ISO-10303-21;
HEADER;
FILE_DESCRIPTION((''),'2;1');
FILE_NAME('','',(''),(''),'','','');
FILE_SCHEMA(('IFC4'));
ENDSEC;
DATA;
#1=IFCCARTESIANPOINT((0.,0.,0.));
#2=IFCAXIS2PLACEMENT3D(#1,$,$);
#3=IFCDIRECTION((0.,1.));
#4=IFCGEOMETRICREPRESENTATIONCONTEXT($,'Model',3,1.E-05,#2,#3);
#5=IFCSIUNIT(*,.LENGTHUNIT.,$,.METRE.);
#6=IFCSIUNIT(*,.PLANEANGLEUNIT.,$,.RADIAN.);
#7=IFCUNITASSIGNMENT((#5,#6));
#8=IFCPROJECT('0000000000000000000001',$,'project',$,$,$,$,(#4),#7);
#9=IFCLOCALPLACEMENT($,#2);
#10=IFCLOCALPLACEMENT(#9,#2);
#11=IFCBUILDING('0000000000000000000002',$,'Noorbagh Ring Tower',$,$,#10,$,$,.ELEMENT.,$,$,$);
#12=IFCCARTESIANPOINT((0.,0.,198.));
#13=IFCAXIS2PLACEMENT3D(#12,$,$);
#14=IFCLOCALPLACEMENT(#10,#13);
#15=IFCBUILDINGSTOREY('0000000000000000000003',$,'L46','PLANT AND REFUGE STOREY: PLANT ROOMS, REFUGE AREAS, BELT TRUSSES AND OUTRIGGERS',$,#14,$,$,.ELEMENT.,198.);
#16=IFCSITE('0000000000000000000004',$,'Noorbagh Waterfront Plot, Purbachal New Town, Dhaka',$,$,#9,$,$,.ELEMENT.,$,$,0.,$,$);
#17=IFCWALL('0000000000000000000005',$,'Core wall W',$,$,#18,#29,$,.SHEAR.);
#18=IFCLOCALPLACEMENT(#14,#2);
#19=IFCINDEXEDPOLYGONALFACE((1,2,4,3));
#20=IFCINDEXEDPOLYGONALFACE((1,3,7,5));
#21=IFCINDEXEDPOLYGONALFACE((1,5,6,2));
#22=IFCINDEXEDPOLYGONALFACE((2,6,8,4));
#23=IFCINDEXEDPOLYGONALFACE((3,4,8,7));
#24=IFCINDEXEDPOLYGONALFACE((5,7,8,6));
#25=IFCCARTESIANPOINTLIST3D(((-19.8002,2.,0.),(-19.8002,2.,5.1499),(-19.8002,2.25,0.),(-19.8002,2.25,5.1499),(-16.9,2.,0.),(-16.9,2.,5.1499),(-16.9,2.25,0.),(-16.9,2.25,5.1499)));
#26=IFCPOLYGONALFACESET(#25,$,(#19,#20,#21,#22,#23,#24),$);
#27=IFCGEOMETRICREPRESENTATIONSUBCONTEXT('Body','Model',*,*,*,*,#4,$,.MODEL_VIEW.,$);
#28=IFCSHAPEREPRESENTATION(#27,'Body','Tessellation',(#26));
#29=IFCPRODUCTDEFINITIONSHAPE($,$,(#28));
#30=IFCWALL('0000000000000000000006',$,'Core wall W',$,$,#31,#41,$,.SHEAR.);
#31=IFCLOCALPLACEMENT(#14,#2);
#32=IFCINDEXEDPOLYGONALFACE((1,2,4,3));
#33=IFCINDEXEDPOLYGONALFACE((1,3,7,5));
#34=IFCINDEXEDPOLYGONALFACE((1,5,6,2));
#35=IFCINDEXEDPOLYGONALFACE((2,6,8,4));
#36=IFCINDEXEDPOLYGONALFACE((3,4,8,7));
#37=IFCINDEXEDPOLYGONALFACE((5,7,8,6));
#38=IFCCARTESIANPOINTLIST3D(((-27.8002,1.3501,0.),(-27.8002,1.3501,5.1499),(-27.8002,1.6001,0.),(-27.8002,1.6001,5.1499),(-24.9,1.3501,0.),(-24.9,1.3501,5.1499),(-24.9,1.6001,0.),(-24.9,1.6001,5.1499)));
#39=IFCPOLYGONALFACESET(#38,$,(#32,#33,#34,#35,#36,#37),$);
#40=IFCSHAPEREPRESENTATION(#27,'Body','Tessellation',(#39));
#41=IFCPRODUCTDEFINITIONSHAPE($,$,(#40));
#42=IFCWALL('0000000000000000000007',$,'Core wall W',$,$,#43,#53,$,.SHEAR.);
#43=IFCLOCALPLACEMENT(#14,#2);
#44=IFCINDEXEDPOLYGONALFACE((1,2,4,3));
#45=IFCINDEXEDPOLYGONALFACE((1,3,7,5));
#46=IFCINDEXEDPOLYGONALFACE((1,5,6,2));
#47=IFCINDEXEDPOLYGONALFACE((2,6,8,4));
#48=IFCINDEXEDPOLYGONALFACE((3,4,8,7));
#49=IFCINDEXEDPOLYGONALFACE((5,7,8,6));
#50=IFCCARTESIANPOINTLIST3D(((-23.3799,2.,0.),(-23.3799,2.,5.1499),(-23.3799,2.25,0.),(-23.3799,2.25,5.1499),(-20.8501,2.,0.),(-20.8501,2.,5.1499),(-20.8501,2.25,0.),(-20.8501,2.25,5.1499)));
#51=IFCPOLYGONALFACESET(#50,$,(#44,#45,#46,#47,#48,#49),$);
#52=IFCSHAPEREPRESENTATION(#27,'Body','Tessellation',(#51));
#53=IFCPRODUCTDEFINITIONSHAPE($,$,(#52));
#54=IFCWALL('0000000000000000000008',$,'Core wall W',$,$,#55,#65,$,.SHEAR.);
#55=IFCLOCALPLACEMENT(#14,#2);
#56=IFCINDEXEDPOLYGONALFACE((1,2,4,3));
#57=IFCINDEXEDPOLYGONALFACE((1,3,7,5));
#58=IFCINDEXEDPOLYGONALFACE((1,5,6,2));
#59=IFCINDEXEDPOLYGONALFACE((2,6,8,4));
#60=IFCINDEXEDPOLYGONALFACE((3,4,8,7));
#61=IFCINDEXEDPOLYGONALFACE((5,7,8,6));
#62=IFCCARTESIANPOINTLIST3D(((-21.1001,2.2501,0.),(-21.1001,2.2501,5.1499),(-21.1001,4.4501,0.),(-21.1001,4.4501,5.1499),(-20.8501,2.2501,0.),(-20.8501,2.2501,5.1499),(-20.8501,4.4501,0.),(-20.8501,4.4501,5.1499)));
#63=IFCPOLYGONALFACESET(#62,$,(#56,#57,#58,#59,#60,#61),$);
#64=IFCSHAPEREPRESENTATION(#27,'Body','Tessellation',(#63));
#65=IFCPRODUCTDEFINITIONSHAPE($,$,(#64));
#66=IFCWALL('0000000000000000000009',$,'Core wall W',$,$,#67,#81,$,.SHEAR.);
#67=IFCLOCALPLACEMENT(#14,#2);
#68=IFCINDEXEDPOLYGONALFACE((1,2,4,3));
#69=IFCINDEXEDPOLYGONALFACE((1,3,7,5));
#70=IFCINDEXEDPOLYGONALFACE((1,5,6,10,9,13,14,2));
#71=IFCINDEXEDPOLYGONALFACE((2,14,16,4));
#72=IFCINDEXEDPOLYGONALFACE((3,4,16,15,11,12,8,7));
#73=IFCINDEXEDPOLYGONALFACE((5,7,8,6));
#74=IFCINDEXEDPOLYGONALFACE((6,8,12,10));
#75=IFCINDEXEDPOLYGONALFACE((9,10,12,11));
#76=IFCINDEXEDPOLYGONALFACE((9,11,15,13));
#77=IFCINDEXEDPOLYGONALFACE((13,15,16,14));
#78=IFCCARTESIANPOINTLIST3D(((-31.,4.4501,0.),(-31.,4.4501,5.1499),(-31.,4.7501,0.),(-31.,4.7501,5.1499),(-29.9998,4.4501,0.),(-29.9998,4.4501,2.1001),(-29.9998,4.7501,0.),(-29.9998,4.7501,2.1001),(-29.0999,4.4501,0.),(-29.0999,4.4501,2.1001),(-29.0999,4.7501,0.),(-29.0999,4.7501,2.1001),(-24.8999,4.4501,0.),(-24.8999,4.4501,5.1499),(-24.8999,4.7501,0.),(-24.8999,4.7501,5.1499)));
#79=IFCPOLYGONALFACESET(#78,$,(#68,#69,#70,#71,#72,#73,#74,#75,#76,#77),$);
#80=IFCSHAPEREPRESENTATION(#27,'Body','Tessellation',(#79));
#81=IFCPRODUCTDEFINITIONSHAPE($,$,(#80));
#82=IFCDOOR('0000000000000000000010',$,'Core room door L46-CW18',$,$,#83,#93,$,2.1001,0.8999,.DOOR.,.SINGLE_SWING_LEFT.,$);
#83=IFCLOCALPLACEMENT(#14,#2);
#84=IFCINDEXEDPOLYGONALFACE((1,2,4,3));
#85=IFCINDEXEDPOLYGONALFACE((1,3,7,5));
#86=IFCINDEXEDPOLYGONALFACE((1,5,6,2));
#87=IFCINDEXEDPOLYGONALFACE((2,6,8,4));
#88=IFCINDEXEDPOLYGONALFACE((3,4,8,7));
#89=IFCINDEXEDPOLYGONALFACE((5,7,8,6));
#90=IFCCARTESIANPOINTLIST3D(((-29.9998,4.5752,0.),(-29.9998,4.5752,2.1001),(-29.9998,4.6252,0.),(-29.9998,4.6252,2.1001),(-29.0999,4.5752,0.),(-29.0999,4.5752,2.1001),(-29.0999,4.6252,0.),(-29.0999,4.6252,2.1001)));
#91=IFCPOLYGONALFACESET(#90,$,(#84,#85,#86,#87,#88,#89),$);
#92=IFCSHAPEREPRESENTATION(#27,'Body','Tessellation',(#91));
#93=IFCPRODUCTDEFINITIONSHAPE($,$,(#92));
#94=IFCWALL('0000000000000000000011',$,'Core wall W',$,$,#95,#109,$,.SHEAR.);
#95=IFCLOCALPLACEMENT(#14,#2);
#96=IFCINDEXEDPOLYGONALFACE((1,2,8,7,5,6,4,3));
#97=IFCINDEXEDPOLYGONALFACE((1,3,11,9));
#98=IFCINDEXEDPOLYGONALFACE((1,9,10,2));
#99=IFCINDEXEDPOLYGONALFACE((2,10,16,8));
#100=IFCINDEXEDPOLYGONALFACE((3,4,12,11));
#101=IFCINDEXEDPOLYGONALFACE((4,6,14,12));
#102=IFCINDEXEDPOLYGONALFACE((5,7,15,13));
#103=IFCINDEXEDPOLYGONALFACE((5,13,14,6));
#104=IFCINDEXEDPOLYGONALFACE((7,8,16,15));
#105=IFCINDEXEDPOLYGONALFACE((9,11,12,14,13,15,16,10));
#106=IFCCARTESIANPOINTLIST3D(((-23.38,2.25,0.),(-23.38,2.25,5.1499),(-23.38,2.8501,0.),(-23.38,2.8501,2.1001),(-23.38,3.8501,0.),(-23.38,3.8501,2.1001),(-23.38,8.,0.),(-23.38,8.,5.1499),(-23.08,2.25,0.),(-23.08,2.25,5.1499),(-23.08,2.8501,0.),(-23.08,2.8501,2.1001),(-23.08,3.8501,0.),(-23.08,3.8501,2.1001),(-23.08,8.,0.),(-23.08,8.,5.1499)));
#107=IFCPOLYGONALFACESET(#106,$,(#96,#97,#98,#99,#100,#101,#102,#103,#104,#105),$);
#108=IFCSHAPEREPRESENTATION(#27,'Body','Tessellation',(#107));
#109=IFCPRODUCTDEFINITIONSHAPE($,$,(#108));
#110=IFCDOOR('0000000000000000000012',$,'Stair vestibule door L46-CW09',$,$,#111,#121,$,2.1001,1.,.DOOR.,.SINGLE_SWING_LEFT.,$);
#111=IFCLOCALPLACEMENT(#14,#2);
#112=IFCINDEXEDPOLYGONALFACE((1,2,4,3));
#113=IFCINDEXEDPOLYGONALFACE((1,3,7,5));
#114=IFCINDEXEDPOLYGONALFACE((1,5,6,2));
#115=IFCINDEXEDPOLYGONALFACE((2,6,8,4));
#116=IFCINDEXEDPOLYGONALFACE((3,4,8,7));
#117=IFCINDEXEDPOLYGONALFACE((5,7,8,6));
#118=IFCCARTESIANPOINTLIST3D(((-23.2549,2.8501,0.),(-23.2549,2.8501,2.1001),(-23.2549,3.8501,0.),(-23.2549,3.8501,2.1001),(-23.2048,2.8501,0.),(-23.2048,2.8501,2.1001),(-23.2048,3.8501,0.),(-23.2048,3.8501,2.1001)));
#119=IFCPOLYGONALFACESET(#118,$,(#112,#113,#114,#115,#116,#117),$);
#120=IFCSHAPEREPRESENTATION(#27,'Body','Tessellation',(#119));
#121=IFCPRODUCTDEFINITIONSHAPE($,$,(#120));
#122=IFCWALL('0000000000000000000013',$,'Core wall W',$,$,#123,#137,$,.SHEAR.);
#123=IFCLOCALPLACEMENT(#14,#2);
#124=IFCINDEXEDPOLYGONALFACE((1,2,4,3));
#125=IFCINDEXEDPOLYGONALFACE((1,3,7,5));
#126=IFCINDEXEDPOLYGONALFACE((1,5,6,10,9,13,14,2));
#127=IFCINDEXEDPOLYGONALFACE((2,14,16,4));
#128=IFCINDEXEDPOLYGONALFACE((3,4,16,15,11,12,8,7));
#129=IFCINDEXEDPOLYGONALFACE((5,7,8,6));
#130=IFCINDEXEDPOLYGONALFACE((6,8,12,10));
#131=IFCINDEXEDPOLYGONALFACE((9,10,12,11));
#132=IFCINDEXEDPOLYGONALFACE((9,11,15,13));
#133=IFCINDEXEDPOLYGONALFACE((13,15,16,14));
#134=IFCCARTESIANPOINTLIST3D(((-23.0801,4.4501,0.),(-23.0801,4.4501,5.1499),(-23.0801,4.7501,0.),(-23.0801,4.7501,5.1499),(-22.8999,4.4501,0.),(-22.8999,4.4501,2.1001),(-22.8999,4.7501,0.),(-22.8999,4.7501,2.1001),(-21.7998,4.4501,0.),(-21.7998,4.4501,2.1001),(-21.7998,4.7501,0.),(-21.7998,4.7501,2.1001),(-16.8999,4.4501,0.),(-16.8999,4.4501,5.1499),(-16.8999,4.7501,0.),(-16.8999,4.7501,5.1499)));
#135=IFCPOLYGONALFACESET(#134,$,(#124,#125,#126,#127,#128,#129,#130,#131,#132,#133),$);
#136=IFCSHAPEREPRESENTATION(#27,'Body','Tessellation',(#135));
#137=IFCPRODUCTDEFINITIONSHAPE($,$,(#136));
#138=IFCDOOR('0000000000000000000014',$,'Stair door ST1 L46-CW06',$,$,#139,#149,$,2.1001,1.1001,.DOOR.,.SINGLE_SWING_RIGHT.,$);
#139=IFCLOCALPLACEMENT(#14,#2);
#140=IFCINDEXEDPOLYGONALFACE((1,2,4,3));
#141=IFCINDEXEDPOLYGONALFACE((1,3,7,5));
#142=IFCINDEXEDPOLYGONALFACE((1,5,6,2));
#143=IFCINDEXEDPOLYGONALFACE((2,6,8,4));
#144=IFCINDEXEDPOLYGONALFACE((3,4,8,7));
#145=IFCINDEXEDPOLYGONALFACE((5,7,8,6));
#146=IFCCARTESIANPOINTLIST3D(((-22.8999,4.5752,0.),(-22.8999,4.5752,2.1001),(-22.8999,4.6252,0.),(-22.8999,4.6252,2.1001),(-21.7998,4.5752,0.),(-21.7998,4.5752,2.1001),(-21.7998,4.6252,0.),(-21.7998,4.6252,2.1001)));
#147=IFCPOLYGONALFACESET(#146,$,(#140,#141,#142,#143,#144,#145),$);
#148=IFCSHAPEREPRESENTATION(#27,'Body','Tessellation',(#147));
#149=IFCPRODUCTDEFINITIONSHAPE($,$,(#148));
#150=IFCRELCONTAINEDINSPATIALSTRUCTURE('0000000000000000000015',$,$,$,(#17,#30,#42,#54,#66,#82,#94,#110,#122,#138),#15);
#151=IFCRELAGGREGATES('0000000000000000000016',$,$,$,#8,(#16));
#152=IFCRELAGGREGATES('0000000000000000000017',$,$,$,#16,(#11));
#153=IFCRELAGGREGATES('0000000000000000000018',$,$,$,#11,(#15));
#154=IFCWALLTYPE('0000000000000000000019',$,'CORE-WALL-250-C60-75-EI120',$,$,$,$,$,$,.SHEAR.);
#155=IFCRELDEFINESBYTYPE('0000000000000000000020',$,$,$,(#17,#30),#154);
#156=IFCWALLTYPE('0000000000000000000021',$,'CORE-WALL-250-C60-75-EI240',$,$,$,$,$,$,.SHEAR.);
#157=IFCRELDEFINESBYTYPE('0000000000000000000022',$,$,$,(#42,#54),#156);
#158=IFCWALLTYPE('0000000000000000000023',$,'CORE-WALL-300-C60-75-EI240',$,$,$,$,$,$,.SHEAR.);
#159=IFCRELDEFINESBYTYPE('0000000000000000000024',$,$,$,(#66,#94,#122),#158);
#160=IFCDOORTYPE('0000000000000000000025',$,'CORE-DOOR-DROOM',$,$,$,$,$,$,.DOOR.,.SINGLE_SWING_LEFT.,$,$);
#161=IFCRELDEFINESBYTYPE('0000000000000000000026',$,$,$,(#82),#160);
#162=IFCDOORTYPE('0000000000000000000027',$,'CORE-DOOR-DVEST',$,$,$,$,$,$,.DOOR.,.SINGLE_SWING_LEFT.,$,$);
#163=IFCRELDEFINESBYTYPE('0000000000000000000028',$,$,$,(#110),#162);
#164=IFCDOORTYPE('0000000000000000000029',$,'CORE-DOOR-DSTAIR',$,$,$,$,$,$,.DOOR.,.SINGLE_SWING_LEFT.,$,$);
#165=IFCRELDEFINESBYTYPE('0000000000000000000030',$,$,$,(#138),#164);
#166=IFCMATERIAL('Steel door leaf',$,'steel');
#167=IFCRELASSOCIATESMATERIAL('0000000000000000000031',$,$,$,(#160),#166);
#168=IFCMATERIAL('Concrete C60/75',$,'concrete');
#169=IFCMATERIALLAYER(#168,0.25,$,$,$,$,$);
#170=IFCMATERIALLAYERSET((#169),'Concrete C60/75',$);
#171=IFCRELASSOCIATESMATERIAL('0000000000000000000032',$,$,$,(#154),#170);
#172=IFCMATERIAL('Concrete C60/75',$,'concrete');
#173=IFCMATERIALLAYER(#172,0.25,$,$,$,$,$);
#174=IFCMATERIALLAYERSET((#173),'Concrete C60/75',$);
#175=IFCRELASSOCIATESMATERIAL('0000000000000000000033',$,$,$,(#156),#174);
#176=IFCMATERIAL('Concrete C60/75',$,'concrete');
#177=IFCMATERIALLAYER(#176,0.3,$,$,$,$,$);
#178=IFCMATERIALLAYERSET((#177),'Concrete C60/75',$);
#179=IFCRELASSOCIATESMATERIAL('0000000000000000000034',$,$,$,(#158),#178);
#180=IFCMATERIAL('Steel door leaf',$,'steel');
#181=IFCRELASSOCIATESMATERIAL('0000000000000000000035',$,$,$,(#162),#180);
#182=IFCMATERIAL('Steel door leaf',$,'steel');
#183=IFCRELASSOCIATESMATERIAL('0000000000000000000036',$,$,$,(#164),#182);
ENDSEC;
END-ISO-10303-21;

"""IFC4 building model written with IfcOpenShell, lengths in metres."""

from ifc_helpers import new_model, si_unit, direction, frame, frame_2d, origin, place, context, subcontext, project, spatial, rectangle, extrude, material, layer, layer_set, type_object, element, fill, save


model = new_model("IFC4")

# Units and contexts
model_context = context("Model", 3, precision=1e-05, world=origin(), true_north=direction((0.0, 1.0)))
body_context = subcontext(model_context, "Body", "Model", "MODEL_VIEW")
ifc_project = project(units=[si_unit("LENGTHUNIT", "METRE"), si_unit("PLANEANGLEUNIT", "RADIAN")], contexts=[model_context])

# Site, building, storey
site_placement = place(None, origin())
site = spatial("IfcSite", under=ifc_project, at=site_placement, Name="Noorbagh Waterfront Plot, Purbachal New Town, Dhaka", CompositionType="ELEMENT", RefElevation=0.0)
building_placement = place(site_placement, origin())
building = spatial("IfcBuilding", under=site, at=building_placement, Name="Noorbagh Ring Tower", CompositionType="ELEMENT")
storey_placement = place(building_placement, frame((0.0, 0.0, 198.0)))
storey = spatial("IfcBuildingStorey", under=building, at=storey_placement, Name="L46", Description="PLANT AND REFUGE STOREY: PLANT ROOMS, REFUGE AREAS, BELT TRUSSES AND OUTRIGGERS", CompositionType="ELEMENT", Elevation=198.0)

# Shared definitions
ifc_material_1 = material(Name="Steel door leaf", Category="steel")
door_type_1 = type_object("IfcDoorType", Name="CORE-DOOR-DROOM", OperationType="SINGLE_SWING_LEFT", PredefinedType="DOOR", material=ifc_material_1)

# Walls
ifc_material_2 = material(Name="Concrete C60/75", Category="concrete")
ifc_layer_1 = layer(ifc_material_2, 0.25)
ifc_layer_set_1 = layer_set([ifc_layer_1], Name="Concrete C60/75")
wall_type_1 = type_object("IfcWallType", Name="CORE-WALL-250-C60-75-EI120", PredefinedType="SHEAR", material=ifc_layer_set_1)
for number, where, z_axis, x_axis, name in (
    (1, (-16.8999, 2.125, 0.0), (0.0, 0.0, 1.0), (-1.0, 0.0, 0.0), "Core wall W"),
    (2, (-24.8999, 1.4751, 0.0), (0.0, 0.0, 1.0), (-1.0, 0.0, 0.0), "Core wall W"),
):
    element("IfcWall", number, at=place(storey_placement, frame(where, z_axis=z_axis, x_axis=x_axis)), inside=storey, type_object=wall_type_1, Name=name, PredefinedType="SHEAR", context=body_context, shape_type="SweptSolid", body=[
        extrude(rectangle(XDim=2.9001, YDim=0.25, at=frame_2d((1.4502, 0.0))), origin(), (0.0, 0.0, 1.0), 5.1499),
    ])
ifc_material_3 = material(Name="Concrete C60/75", Category="concrete")
ifc_layer_2 = layer(ifc_material_3, 0.25)
ifc_layer_set_2 = layer_set([ifc_layer_2], Name="Concrete C60/75")
wall_type_2 = type_object("IfcWallType", Name="CORE-WALL-250-C60-75-EI240", PredefinedType="SHEAR", material=ifc_layer_set_2)
wall_1_placement = place(storey_placement, frame((-20.8501, 2.125, 0.0), z_axis=(0.0, 0.0, 1.0), x_axis=(-1.0, 0.0, 0.0)))
element("IfcWall", 3, at=wall_1_placement, inside=storey, type_object=wall_type_2, Name="Core wall W", PredefinedType="SHEAR", context=body_context, shape_type="SweptSolid", body=[
    extrude(rectangle(XDim=2.5298, YDim=0.25, at=frame_2d((1.2649, 0.0))), origin(), (0.0, 0.0, 1.0), 5.1499),
])
wall_2_placement = place(storey_placement, frame((-20.9751, 2.25, 0.0), z_axis=(0.0, 0.0, 1.0), x_axis=(0.0, 1.0, 0.0)))
element("IfcWall", 4, at=wall_2_placement, inside=storey, type_object=wall_type_2, Name="Core wall W", PredefinedType="SHEAR", context=body_context, shape_type="SweptSolid", body=[
    extrude(rectangle(XDim=2.2, YDim=0.25, at=frame_2d((1.1001, 0.0))), origin(), (0.0, 0.0, 1.0), 5.1499),
])

# Walls, openings, doors
ifc_material_4 = material(Name="Concrete C60/75", Category="concrete")
ifc_layer_3 = layer(ifc_material_4, 0.3)
ifc_layer_set_3 = layer_set([ifc_layer_3], Name="Concrete C60/75")
wall_type_3 = type_object("IfcWallType", Name="CORE-WALL-300-C60-75-EI240", PredefinedType="SHEAR", material=ifc_layer_set_3)
wall_3_placement = place(storey_placement, frame((-24.8999, 4.6001, 0.0), z_axis=(0.0, 0.0, 1.0), x_axis=(-1.0, 0.0, 0.0)))
wall_3 = element("IfcWall", 5, at=wall_3_placement, inside=storey, type_object=wall_type_3, Name="Core wall W", PredefinedType="SHEAR", context=body_context, shape_type="SweptSolid", body=[
    extrude(rectangle(XDim=6.1001, YDim=0.3, at=frame_2d((3.05, 0.0))), origin(), (0.0, 0.0, 1.0), 5.1499),
])
opening_1_placement = place(wall_3_placement, frame((4.2, 0.0, 0.0)))
opening_1 = element("IfcOpeningElement", 6, at=opening_1_placement, cuts=wall_3, PredefinedType="OPENING", context=body_context, shape_type="SweptSolid", body=[
    extrude(rectangle(XDim=0.8999, YDim=2.1001, at=frame_2d((0.45, 1.05))), frame((0.0, 0.1602, 0.0), z_axis=(0.0, -1.0, 0.0), x_axis=(1.0, 0.0, 0.0)), (0.0, 0.0, 1.0), 0.3201),
])
door_1_placement = place(opening_1_placement, origin())
door_1 = element("IfcDoor", 7, at=door_1_placement, inside=storey, type_object=door_type_1, Name="Core room door L46-CW18", OperationType="SINGLE_SWING_LEFT", OverallHeight=2.1001, OverallWidth=0.8999, PredefinedType="DOOR", context=body_context, shape_type="SweptSolid", body=[
    extrude(rectangle(XDim=0.8999, YDim=2.1001, at=frame_2d((0.45, 1.05))), frame((0.0, 0.0249, 0.0), z_axis=(0.0, -1.0, 0.0), x_axis=(1.0, 0.0, 0.0)), (0.0, 0.0, 1.0), 0.05),
])
fill(opening_1, door_1)
wall_4_placement = place(storey_placement, frame((-23.23, 2.25, 0.0), z_axis=(0.0, 0.0, 1.0), x_axis=(0.0, 1.0, 0.0)))
wall_4 = element("IfcWall", 8, at=wall_4_placement, inside=storey, type_object=wall_type_3, Name="Core wall W", PredefinedType="SHEAR", context=body_context, shape_type="SweptSolid", body=[
    extrude(rectangle(XDim=5.75, YDim=0.3, at=frame_2d((2.875, 0.0))), origin(), (0.0, 0.0, 1.0), 5.1499),
])
opening_2_placement = place(wall_4_placement, frame((0.6001, 0.0, 0.0)))
opening_2 = element("IfcOpeningElement", 9, at=opening_2_placement, cuts=wall_4, PredefinedType="OPENING", context=body_context, shape_type="SweptSolid", body=[
    extrude(rectangle(XDim=1.0, YDim=2.1001, at=frame_2d((0.5, 1.05))), frame((0.0, 0.1602, 0.0), z_axis=(0.0, -1.0, 0.0), x_axis=(1.0, 0.0, 0.0)), (0.0, 0.0, 1.0), 0.3201),
])
ifc_material_5 = material(Name="Steel door leaf", Category="steel")
door_type_2 = type_object("IfcDoorType", Name="CORE-DOOR-DVEST", OperationType="SINGLE_SWING_LEFT", PredefinedType="DOOR", material=ifc_material_5)
door_2_placement = place(opening_2_placement, origin())
door_2 = element("IfcDoor", 10, at=door_2_placement, inside=storey, type_object=door_type_2, Name="Stair vestibule door L46-CW09", OperationType="SINGLE_SWING_LEFT", OverallHeight=2.1001, OverallWidth=1.0, PredefinedType="DOOR", context=body_context, shape_type="SweptSolid", body=[
    extrude(rectangle(XDim=1.0, YDim=2.1001, at=frame_2d((0.5, 1.05))), frame((0.0, 0.0249, 0.0), z_axis=(0.0, -1.0, 0.0), x_axis=(1.0, 0.0, 0.0)), (0.0, 0.0, 1.0), 0.05),
])
fill(opening_2, door_2)
wall_5_placement = place(storey_placement, frame((-16.8999, 4.6001, 0.0), z_axis=(0.0, 0.0, 1.0), x_axis=(-1.0, 0.0, 0.0)))
wall_5 = element("IfcWall", 11, at=wall_5_placement, inside=storey, type_object=wall_type_3, Name="Core wall W", PredefinedType="SHEAR", context=body_context, shape_type="SweptSolid", body=[
    extrude(rectangle(XDim=6.1802, YDim=0.3, at=frame_2d((3.0901, 0.0))), origin(), (0.0, 0.0, 1.0), 5.1499),
])
opening_3_placement = place(wall_5_placement, frame((4.8999, 0.0, 0.0)))
opening_3 = element("IfcOpeningElement", 12, at=opening_3_placement, cuts=wall_5, PredefinedType="OPENING", context=body_context, shape_type="SweptSolid", body=[
    extrude(rectangle(XDim=1.1001, YDim=2.1001, at=frame_2d((0.55, 1.05))), frame((0.0, 0.1602, 0.0), z_axis=(0.0, -1.0, 0.0), x_axis=(1.0, 0.0, 0.0)), (0.0, 0.0, 1.0), 0.3201),
])
ifc_material_6 = material(Name="Steel door leaf", Category="steel")
door_type_3 = type_object("IfcDoorType", Name="CORE-DOOR-DSTAIR", OperationType="SINGLE_SWING_LEFT", PredefinedType="DOOR", material=ifc_material_6)
door_3_placement = place(opening_3_placement, origin())
door_3 = element("IfcDoor", 13, at=door_3_placement, inside=storey, type_object=door_type_3, Name="Stair door ST1 L46-CW06", OperationType="SINGLE_SWING_RIGHT", OverallHeight=2.1001, OverallWidth=1.1001, PredefinedType="DOOR", context=body_context, shape_type="SweptSolid", body=[
    extrude(rectangle(XDim=1.1001, YDim=2.1001, at=frame_2d((0.55, 1.05))), frame((0.0, 0.0249, 0.0), z_axis=(0.0, -1.0, 0.0), x_axis=(1.0, 0.0, 0.0)), (0.0, 0.0, 1.0), 0.05),
])
fill(opening_3, door_3)

save(model, "model.ifc")
